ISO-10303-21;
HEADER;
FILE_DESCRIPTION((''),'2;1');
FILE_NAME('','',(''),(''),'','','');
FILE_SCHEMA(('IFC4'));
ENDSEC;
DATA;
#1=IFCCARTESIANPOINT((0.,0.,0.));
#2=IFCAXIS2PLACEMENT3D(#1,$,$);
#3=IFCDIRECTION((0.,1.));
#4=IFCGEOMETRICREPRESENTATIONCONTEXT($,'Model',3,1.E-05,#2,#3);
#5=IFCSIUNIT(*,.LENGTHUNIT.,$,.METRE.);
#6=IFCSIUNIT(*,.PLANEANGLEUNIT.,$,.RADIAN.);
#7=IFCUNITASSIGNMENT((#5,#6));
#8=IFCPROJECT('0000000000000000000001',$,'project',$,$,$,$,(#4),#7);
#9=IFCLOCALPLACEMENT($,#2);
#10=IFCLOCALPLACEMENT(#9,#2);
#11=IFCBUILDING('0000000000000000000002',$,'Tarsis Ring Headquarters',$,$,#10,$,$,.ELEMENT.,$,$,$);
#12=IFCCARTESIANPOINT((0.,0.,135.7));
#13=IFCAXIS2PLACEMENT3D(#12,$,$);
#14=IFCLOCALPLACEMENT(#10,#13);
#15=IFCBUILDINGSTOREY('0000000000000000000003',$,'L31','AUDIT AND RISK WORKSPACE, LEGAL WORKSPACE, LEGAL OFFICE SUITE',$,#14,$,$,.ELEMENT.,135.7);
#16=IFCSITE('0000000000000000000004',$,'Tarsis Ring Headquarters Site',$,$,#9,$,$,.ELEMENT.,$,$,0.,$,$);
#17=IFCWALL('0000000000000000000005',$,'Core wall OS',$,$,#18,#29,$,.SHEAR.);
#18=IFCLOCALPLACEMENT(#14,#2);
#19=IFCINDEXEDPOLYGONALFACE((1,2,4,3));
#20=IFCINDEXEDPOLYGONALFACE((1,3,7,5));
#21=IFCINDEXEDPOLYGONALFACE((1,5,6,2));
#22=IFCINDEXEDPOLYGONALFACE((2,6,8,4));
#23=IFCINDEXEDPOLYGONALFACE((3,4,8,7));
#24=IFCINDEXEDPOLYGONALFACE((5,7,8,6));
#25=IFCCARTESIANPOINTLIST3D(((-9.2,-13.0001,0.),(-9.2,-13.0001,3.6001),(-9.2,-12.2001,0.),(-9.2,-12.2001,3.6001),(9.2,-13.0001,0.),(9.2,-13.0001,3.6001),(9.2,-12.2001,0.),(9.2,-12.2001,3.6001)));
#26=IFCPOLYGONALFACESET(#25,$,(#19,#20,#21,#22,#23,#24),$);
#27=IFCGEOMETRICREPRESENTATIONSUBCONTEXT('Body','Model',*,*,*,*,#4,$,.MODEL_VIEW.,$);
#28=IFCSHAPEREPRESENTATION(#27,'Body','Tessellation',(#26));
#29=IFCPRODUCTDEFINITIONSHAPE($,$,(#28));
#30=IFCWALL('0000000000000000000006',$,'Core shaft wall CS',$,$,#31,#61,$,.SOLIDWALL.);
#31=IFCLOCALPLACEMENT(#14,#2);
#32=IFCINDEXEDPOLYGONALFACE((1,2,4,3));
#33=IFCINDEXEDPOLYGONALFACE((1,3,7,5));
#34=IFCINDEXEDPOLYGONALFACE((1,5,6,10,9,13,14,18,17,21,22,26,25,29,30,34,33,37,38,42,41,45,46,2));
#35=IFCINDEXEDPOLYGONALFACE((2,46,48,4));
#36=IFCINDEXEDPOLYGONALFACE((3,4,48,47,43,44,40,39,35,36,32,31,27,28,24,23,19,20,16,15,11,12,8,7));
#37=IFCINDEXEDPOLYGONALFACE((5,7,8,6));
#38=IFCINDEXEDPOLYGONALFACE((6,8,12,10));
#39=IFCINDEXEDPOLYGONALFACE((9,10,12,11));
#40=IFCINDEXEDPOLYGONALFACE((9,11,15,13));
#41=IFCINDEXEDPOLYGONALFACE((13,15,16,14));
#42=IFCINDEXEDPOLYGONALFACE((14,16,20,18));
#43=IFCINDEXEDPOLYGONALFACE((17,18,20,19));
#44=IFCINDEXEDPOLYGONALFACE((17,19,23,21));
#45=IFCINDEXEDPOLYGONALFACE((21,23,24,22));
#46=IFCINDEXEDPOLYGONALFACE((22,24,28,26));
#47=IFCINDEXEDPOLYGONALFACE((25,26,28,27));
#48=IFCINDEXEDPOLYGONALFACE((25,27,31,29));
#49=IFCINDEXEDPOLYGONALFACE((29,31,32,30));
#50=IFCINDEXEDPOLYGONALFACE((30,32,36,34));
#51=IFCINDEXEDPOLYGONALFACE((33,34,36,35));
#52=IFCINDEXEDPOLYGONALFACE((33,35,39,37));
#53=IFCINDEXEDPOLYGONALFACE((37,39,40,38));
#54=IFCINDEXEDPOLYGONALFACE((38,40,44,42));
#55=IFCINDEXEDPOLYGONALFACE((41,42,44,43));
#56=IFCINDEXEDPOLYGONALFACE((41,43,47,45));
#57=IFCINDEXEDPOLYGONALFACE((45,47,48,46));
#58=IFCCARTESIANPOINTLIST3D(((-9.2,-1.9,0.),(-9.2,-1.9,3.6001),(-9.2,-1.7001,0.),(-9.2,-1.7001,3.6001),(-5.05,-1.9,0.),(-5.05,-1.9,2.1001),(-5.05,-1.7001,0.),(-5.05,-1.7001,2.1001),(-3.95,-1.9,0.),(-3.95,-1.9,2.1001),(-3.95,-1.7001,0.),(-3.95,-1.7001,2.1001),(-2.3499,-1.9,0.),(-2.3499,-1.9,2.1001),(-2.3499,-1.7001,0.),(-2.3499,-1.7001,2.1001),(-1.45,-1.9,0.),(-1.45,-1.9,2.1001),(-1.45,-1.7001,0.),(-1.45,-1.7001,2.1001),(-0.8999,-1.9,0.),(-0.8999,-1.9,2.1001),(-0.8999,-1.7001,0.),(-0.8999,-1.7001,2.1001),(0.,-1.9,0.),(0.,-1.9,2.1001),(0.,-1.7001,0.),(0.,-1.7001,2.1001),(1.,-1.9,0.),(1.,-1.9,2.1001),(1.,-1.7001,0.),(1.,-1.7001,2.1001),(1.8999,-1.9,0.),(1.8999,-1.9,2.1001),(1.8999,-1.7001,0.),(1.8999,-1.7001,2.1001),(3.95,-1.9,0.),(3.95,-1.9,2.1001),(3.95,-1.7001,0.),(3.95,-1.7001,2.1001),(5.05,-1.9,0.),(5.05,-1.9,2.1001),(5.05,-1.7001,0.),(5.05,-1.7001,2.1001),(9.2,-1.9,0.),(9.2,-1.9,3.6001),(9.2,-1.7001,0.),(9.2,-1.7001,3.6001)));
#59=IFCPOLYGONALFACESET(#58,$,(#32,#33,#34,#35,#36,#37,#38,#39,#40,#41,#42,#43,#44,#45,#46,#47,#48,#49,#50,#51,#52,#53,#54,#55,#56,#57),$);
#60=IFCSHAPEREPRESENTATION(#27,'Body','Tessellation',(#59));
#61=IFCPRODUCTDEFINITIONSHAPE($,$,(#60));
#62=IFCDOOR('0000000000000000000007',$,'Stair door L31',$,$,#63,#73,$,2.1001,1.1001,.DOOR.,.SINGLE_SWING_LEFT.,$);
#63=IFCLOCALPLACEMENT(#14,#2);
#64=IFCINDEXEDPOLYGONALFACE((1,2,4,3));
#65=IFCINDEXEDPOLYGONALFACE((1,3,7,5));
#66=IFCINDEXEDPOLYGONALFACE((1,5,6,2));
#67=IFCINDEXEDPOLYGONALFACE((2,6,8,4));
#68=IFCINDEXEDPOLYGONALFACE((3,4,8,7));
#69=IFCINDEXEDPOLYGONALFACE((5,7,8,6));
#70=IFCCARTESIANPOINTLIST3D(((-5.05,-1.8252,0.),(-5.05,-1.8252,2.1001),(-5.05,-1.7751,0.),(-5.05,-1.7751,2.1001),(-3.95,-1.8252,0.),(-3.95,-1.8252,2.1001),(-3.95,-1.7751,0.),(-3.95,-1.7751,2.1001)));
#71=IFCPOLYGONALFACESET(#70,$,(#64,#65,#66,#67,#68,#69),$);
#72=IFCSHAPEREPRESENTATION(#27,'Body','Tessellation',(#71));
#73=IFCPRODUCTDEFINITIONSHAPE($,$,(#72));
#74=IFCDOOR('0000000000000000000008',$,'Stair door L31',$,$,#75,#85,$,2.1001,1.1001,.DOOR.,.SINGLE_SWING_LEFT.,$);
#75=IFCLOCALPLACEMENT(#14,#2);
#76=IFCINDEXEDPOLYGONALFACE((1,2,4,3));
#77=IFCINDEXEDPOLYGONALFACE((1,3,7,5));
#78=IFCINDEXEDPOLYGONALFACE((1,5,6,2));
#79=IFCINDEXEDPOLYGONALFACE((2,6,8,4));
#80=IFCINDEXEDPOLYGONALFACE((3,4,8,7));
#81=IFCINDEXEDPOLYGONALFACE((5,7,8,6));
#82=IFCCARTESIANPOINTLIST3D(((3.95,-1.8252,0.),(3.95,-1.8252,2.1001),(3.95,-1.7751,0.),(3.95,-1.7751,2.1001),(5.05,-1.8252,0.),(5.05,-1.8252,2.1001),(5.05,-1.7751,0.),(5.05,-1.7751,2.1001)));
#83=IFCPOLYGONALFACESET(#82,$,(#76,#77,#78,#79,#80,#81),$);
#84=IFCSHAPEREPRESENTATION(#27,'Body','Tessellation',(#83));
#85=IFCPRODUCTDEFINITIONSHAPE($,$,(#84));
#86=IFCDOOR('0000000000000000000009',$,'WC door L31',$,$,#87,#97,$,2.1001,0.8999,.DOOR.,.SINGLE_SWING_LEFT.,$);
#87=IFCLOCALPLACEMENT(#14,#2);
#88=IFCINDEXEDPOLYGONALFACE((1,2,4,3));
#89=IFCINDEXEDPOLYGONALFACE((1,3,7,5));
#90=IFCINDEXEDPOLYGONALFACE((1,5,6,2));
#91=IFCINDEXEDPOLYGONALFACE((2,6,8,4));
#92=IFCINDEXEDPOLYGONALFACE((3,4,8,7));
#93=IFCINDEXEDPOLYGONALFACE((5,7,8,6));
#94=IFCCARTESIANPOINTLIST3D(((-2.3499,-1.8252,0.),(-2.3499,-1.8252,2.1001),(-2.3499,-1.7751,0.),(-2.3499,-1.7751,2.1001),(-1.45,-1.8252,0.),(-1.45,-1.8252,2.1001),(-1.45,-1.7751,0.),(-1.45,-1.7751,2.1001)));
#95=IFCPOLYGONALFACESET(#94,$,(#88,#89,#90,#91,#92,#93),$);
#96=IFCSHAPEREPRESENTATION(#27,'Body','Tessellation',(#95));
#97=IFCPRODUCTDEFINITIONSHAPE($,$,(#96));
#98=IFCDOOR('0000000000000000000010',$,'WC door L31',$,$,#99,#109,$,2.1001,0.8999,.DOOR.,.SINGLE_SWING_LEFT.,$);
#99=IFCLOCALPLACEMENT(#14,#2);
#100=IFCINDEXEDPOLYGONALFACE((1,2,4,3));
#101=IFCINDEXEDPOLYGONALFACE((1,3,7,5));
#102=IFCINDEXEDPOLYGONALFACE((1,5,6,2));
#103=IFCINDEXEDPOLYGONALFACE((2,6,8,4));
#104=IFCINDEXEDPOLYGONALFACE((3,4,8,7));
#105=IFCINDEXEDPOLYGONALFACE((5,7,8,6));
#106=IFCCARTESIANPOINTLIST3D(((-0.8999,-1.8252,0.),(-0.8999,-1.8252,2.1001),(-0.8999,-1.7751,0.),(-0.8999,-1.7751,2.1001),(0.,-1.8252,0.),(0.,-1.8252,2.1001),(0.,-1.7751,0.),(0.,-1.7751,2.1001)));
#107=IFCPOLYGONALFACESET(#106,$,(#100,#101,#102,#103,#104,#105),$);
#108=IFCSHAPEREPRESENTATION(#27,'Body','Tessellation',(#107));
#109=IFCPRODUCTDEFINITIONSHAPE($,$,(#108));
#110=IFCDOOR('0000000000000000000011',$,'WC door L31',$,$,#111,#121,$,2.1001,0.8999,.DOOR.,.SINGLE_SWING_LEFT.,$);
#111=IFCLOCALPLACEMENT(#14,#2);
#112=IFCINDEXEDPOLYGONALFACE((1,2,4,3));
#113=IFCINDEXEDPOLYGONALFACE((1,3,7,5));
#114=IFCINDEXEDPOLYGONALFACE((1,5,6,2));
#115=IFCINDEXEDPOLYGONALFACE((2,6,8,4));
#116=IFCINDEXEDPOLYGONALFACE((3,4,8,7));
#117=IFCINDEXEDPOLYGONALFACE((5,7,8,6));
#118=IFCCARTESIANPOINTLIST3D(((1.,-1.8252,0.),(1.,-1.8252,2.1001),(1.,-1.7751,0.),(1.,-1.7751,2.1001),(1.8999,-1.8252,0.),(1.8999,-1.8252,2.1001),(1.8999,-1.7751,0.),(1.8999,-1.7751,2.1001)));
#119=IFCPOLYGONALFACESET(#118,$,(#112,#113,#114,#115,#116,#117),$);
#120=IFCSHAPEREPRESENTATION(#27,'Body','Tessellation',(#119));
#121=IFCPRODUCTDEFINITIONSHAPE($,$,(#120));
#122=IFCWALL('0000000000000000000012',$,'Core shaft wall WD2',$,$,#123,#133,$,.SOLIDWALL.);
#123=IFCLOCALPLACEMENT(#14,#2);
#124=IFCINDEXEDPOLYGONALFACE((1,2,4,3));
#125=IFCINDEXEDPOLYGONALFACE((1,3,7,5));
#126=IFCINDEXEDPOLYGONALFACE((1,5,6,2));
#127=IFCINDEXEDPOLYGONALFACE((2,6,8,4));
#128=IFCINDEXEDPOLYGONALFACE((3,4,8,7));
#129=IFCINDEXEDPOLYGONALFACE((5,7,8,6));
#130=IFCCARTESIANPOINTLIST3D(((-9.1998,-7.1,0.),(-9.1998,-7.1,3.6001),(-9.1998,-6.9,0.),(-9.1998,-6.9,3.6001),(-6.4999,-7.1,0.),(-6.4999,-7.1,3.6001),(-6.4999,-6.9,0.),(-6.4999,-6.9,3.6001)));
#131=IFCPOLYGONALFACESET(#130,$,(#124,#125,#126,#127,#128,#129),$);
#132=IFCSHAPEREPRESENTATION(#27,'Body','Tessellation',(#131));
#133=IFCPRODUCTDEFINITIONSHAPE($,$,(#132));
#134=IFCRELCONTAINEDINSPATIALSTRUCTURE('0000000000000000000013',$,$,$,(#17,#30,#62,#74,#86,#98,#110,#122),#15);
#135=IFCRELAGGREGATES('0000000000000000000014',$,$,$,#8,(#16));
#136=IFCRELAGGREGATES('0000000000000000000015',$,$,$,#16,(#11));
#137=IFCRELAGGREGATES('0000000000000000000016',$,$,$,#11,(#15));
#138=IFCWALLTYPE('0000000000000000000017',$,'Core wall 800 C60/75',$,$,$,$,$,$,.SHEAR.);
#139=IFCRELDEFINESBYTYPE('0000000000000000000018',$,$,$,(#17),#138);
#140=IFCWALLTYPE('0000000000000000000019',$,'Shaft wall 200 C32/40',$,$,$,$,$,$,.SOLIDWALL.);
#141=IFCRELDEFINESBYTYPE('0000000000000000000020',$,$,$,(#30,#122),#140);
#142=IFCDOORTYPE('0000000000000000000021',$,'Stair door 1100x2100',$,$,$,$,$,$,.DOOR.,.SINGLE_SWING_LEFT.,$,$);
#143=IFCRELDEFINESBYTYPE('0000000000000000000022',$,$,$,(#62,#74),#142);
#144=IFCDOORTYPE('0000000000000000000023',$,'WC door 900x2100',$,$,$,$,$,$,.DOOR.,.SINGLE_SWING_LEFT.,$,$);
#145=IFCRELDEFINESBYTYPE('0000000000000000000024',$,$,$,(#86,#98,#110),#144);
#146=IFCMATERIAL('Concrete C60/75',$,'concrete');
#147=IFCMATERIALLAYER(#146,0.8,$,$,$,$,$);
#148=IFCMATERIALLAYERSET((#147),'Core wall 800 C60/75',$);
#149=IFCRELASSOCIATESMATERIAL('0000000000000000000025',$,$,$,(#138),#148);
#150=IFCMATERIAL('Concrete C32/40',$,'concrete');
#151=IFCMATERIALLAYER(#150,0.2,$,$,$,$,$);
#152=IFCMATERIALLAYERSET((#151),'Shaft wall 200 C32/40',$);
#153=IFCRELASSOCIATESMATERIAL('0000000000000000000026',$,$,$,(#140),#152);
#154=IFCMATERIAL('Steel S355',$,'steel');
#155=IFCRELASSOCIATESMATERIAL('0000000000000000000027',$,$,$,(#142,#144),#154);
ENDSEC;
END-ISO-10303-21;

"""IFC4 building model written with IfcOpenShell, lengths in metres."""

from ifc_helpers import new_model, si_unit, direction, frame, frame_2d, origin, place, context, subcontext, project, spatial, rectangle, extrude, material, layer, layer_set, type_object, element, fill, save


model = new_model("IFC4")

# Units and contexts
model_context = context("Model", 3, precision=1e-05, world=origin(), true_north=direction((0.0, 1.0)))
body_context = subcontext(model_context, "Body", "Model", "MODEL_VIEW")
ifc_project = project(units=[si_unit("LENGTHUNIT", "METRE"), si_unit("PLANEANGLEUNIT", "RADIAN")], contexts=[model_context])

# Site, building, storey
site_placement = place(None, origin())
site = spatial("IfcSite", under=ifc_project, at=site_placement, Name="Tarsis Ring Headquarters Site", CompositionType="ELEMENT", RefElevation=0.0)
building_placement = place(site_placement, origin())
building = spatial("IfcBuilding", under=site, at=building_placement, Name="Tarsis Ring Headquarters", CompositionType="ELEMENT")
storey_placement = place(building_placement, frame((0.0, 0.0, 135.7)))
storey = spatial("IfcBuildingStorey", under=building, at=storey_placement, Name="L31", Description="AUDIT AND RISK WORKSPACE, LEGAL WORKSPACE, LEGAL OFFICE SUITE", CompositionType="ELEMENT", Elevation=135.7)

# Shared definitions
ifc_material_1 = material(Name="Concrete C60/75", Category="concrete")
ifc_layer_1 = layer(ifc_material_1, 0.8)
ifc_layer_set_1 = layer_set([ifc_layer_1], Name="Core wall 800 C60/75")
wall_type_1 = type_object("IfcWallType", Name="Core wall 800 C60/75", PredefinedType="SHEAR", material=ifc_layer_set_1)
ifc_material_2 = material(Name="Steel S355", Category="steel")

# Wall
wall_1_placement = place(storey_placement, frame((-9.2, -12.6001, 0.0), z_axis=(0.0, 0.0, 1.0), x_axis=(1.0, 0.0, 0.0)))
element("IfcWall", 1, at=wall_1_placement, inside=storey, type_object=wall_type_1, Name="Core wall OS", PredefinedType="SHEAR", context=body_context, shape_type="SweptSolid", body=[
    extrude(rectangle(XDim=18.3999, YDim=0.8, at=frame_2d((9.2, 0.0))), origin(), (0.0, 0.0, 1.0), 3.6001),
])

# Wall, openings, doors
ifc_material_3 = material(Name="Concrete C32/40", Category="concrete")
ifc_layer_2 = layer(ifc_material_3, 0.2)
ifc_layer_set_2 = layer_set([ifc_layer_2], Name="Shaft wall 200 C32/40")
wall_type_2 = type_object("IfcWallType", Name="Shaft wall 200 C32/40", PredefinedType="SOLIDWALL", material=ifc_layer_set_2)
wall_2_placement = place(storey_placement, frame((-9.2, -1.8, 0.0), z_axis=(0.0, 0.0, 1.0), x_axis=(1.0, 0.0, 0.0)))
wall_2 = element("IfcWall", 2, at=wall_2_placement, inside=storey, type_object=wall_type_2, Name="Core shaft wall CS", PredefinedType="SOLIDWALL", context=body_context, shape_type="SweptSolid", body=[
    extrude(rectangle(XDim=18.3999, YDim=0.2, at=frame_2d((9.2, 0.0))), origin(), (0.0, 0.0, 1.0), 3.6001),
])
opening_1_placement = place(wall_2_placement, frame((4.1499, 0.0, 0.0)))
opening_1 = element("IfcOpeningElement", 3, at=opening_1_placement, cuts=wall_2, PredefinedType="OPENING", context=body_context, shape_type="SweptSolid", body=[
    extrude(rectangle(XDim=1.1001, YDim=2.1001, at=frame_2d((0.55, 1.05))), frame((0.0, 0.1099, 0.0), z_axis=(0.0, -1.0, 0.0), x_axis=(1.0, 0.0, 0.0)), (0.0, 0.0, 1.0), 0.22),
])
opening_2_placement = place(wall_2_placement, frame((6.8501, 0.0, 0.0)))
opening_2 = element("IfcOpeningElement", 4, at=opening_2_placement, cuts=wall_2, PredefinedType="OPENING", context=body_context, shape_type="SweptSolid", body=[
    extrude(rectangle(XDim=0.8999, YDim=2.1001, at=frame_2d((0.45, 1.05))), frame((0.0, 0.1099, 0.0), z_axis=(0.0, -1.0, 0.0), x_axis=(1.0, 0.0, 0.0)), (0.0, 0.0, 1.0), 0.22),
])
opening_3_placement = place(wall_2_placement, frame((8.3, 0.0, 0.0)))
opening_3 = element("IfcOpeningElement", 5, at=opening_3_placement, cuts=wall_2, PredefinedType="OPENING", context=body_context, shape_type="SweptSolid", body=[
    extrude(rectangle(XDim=0.8999, YDim=2.1001, at=frame_2d((0.45, 1.05))), frame((0.0, 0.1099, 0.0), z_axis=(0.0, -1.0, 0.0), x_axis=(1.0, 0.0, 0.0)), (0.0, 0.0, 1.0), 0.22),
])
opening_4_placement = place(wall_2_placement, frame((10.2, 0.0, 0.0)))
opening_4 = element("IfcOpeningElement", 6, at=opening_4_placement, cuts=wall_2, PredefinedType="OPENING", context=body_context, shape_type="SweptSolid", body=[
    extrude(rectangle(XDim=0.8999, YDim=2.1001, at=frame_2d((0.45, 1.05))), frame((0.0, 0.1099, 0.0), z_axis=(0.0, -1.0, 0.0), x_axis=(1.0, 0.0, 0.0)), (0.0, 0.0, 1.0), 0.22),
])
opening_5_placement = place(wall_2_placement, frame((13.1499, 0.0, 0.0)))
opening_5 = element("IfcOpeningElement", 7, at=opening_5_placement, cuts=wall_2, PredefinedType="OPENING", context=body_context, shape_type="SweptSolid", body=[
    extrude(rectangle(XDim=1.1001, YDim=2.1001, at=frame_2d((0.55, 1.05))), frame((0.0, 0.1099, 0.0), z_axis=(0.0, -1.0, 0.0), x_axis=(1.0, 0.0, 0.0)), (0.0, 0.0, 1.0), 0.22),
])
door_type_1 = type_object("IfcDoorType", Name="Stair door 1100x2100", OperationType="SINGLE_SWING_LEFT", PredefinedType="DOOR", material=ifc_material_2)
door_1_placement = place(opening_1_placement, origin())
door_1 = element("IfcDoor", 8, at=door_1_placement, inside=storey, type_object=door_type_1, Name="Stair door L31", OperationType="SINGLE_SWING_LEFT", OverallHeight=2.1001, OverallWidth=1.1001, PredefinedType="DOOR", context=body_context, shape_type="SweptSolid", body=[
    extrude(rectangle(XDim=1.1001, YDim=2.1001, at=frame_2d((0.55, 1.05))), frame((0.0, 0.0249, 0.0), z_axis=(0.0, -1.0, 0.0), x_axis=(1.0, 0.0, 0.0)), (0.0, 0.0, 1.0), 0.05),
])
fill(opening_1, door_1)
door_2_placement = place(opening_5_placement, origin())
door_2 = element("IfcDoor", 9, at=door_2_placement, inside=storey, type_object=door_type_1, Name="Stair door L31", OperationType="SINGLE_SWING_LEFT", OverallHeight=2.1001, OverallWidth=1.1001, PredefinedType="DOOR", context=body_context, shape_type="SweptSolid", body=[
    extrude(rectangle(XDim=1.1001, YDim=2.1001, at=frame_2d((0.55, 1.05))), frame((0.0, 0.0249, 0.0), z_axis=(0.0, -1.0, 0.0), x_axis=(1.0, 0.0, 0.0)), (0.0, 0.0, 1.0), 0.05),
])
fill(opening_5, door_2)
door_type_2 = type_object("IfcDoorType", Name="WC door 900x2100", OperationType="SINGLE_SWING_LEFT", PredefinedType="DOOR", material=ifc_material_2)
door_3_placement = place(opening_2_placement, origin())
door_3 = element("IfcDoor", 10, at=door_3_placement, inside=storey, type_object=door_type_2, Name="WC door L31", OperationType="SINGLE_SWING_LEFT", OverallHeight=2.1001, OverallWidth=0.8999, PredefinedType="DOOR", context=body_context, shape_type="SweptSolid", body=[
    extrude(rectangle(XDim=0.8999, YDim=2.1001, at=frame_2d((0.45, 1.05))), frame((0.0, 0.0249, 0.0), z_axis=(0.0, -1.0, 0.0), x_axis=(1.0, 0.0, 0.0)), (0.0, 0.0, 1.0), 0.05),
])
fill(opening_2, door_3)
door_4_placement = place(opening_3_placement, origin())
door_4 = element("IfcDoor", 11, at=door_4_placement, inside=storey, type_object=door_type_2, Name="WC door L31", OperationType="SINGLE_SWING_LEFT", OverallHeight=2.1001, OverallWidth=0.8999, PredefinedType="DOOR", context=body_context, shape_type="SweptSolid", body=[
    extrude(rectangle(XDim=0.8999, YDim=2.1001, at=frame_2d((0.45, 1.05))), frame((0.0, 0.0249, 0.0), z_axis=(0.0, -1.0, 0.0), x_axis=(1.0, 0.0, 0.0)), (0.0, 0.0, 1.0), 0.05),
])
fill(opening_3, door_4)
door_5_placement = place(opening_4_placement, origin())
door_5 = element("IfcDoor", 12, at=door_5_placement, inside=storey, type_object=door_type_2, Name="WC door L31", OperationType="SINGLE_SWING_LEFT", OverallHeight=2.1001, OverallWidth=0.8999, PredefinedType="DOOR", context=body_context, shape_type="SweptSolid", body=[
    extrude(rectangle(XDim=0.8999, YDim=2.1001, at=frame_2d((0.45, 1.05))), frame((0.0, 0.0249, 0.0), z_axis=(0.0, -1.0, 0.0), x_axis=(1.0, 0.0, 0.0)), (0.0, 0.0, 1.0), 0.05),
])
fill(opening_4, door_5)

# Wall
wall_3_placement = place(storey_placement, frame((-9.2, -7.0, 0.0), z_axis=(0.0, 0.0, 1.0), x_axis=(1.0, 0.0, 0.0)))
element("IfcWall", 13, at=wall_3_placement, inside=storey, type_object=wall_type_2, Name="Core shaft wall WD2", PredefinedType="SOLIDWALL", context=body_context, shape_type="SweptSolid", body=[
    extrude(rectangle(XDim=2.7, YDim=0.2, at=frame_2d((1.3501, 0.0))), origin(), (0.0, 0.0, 1.0), 3.6001),
])

save(model, "model.ifc")
